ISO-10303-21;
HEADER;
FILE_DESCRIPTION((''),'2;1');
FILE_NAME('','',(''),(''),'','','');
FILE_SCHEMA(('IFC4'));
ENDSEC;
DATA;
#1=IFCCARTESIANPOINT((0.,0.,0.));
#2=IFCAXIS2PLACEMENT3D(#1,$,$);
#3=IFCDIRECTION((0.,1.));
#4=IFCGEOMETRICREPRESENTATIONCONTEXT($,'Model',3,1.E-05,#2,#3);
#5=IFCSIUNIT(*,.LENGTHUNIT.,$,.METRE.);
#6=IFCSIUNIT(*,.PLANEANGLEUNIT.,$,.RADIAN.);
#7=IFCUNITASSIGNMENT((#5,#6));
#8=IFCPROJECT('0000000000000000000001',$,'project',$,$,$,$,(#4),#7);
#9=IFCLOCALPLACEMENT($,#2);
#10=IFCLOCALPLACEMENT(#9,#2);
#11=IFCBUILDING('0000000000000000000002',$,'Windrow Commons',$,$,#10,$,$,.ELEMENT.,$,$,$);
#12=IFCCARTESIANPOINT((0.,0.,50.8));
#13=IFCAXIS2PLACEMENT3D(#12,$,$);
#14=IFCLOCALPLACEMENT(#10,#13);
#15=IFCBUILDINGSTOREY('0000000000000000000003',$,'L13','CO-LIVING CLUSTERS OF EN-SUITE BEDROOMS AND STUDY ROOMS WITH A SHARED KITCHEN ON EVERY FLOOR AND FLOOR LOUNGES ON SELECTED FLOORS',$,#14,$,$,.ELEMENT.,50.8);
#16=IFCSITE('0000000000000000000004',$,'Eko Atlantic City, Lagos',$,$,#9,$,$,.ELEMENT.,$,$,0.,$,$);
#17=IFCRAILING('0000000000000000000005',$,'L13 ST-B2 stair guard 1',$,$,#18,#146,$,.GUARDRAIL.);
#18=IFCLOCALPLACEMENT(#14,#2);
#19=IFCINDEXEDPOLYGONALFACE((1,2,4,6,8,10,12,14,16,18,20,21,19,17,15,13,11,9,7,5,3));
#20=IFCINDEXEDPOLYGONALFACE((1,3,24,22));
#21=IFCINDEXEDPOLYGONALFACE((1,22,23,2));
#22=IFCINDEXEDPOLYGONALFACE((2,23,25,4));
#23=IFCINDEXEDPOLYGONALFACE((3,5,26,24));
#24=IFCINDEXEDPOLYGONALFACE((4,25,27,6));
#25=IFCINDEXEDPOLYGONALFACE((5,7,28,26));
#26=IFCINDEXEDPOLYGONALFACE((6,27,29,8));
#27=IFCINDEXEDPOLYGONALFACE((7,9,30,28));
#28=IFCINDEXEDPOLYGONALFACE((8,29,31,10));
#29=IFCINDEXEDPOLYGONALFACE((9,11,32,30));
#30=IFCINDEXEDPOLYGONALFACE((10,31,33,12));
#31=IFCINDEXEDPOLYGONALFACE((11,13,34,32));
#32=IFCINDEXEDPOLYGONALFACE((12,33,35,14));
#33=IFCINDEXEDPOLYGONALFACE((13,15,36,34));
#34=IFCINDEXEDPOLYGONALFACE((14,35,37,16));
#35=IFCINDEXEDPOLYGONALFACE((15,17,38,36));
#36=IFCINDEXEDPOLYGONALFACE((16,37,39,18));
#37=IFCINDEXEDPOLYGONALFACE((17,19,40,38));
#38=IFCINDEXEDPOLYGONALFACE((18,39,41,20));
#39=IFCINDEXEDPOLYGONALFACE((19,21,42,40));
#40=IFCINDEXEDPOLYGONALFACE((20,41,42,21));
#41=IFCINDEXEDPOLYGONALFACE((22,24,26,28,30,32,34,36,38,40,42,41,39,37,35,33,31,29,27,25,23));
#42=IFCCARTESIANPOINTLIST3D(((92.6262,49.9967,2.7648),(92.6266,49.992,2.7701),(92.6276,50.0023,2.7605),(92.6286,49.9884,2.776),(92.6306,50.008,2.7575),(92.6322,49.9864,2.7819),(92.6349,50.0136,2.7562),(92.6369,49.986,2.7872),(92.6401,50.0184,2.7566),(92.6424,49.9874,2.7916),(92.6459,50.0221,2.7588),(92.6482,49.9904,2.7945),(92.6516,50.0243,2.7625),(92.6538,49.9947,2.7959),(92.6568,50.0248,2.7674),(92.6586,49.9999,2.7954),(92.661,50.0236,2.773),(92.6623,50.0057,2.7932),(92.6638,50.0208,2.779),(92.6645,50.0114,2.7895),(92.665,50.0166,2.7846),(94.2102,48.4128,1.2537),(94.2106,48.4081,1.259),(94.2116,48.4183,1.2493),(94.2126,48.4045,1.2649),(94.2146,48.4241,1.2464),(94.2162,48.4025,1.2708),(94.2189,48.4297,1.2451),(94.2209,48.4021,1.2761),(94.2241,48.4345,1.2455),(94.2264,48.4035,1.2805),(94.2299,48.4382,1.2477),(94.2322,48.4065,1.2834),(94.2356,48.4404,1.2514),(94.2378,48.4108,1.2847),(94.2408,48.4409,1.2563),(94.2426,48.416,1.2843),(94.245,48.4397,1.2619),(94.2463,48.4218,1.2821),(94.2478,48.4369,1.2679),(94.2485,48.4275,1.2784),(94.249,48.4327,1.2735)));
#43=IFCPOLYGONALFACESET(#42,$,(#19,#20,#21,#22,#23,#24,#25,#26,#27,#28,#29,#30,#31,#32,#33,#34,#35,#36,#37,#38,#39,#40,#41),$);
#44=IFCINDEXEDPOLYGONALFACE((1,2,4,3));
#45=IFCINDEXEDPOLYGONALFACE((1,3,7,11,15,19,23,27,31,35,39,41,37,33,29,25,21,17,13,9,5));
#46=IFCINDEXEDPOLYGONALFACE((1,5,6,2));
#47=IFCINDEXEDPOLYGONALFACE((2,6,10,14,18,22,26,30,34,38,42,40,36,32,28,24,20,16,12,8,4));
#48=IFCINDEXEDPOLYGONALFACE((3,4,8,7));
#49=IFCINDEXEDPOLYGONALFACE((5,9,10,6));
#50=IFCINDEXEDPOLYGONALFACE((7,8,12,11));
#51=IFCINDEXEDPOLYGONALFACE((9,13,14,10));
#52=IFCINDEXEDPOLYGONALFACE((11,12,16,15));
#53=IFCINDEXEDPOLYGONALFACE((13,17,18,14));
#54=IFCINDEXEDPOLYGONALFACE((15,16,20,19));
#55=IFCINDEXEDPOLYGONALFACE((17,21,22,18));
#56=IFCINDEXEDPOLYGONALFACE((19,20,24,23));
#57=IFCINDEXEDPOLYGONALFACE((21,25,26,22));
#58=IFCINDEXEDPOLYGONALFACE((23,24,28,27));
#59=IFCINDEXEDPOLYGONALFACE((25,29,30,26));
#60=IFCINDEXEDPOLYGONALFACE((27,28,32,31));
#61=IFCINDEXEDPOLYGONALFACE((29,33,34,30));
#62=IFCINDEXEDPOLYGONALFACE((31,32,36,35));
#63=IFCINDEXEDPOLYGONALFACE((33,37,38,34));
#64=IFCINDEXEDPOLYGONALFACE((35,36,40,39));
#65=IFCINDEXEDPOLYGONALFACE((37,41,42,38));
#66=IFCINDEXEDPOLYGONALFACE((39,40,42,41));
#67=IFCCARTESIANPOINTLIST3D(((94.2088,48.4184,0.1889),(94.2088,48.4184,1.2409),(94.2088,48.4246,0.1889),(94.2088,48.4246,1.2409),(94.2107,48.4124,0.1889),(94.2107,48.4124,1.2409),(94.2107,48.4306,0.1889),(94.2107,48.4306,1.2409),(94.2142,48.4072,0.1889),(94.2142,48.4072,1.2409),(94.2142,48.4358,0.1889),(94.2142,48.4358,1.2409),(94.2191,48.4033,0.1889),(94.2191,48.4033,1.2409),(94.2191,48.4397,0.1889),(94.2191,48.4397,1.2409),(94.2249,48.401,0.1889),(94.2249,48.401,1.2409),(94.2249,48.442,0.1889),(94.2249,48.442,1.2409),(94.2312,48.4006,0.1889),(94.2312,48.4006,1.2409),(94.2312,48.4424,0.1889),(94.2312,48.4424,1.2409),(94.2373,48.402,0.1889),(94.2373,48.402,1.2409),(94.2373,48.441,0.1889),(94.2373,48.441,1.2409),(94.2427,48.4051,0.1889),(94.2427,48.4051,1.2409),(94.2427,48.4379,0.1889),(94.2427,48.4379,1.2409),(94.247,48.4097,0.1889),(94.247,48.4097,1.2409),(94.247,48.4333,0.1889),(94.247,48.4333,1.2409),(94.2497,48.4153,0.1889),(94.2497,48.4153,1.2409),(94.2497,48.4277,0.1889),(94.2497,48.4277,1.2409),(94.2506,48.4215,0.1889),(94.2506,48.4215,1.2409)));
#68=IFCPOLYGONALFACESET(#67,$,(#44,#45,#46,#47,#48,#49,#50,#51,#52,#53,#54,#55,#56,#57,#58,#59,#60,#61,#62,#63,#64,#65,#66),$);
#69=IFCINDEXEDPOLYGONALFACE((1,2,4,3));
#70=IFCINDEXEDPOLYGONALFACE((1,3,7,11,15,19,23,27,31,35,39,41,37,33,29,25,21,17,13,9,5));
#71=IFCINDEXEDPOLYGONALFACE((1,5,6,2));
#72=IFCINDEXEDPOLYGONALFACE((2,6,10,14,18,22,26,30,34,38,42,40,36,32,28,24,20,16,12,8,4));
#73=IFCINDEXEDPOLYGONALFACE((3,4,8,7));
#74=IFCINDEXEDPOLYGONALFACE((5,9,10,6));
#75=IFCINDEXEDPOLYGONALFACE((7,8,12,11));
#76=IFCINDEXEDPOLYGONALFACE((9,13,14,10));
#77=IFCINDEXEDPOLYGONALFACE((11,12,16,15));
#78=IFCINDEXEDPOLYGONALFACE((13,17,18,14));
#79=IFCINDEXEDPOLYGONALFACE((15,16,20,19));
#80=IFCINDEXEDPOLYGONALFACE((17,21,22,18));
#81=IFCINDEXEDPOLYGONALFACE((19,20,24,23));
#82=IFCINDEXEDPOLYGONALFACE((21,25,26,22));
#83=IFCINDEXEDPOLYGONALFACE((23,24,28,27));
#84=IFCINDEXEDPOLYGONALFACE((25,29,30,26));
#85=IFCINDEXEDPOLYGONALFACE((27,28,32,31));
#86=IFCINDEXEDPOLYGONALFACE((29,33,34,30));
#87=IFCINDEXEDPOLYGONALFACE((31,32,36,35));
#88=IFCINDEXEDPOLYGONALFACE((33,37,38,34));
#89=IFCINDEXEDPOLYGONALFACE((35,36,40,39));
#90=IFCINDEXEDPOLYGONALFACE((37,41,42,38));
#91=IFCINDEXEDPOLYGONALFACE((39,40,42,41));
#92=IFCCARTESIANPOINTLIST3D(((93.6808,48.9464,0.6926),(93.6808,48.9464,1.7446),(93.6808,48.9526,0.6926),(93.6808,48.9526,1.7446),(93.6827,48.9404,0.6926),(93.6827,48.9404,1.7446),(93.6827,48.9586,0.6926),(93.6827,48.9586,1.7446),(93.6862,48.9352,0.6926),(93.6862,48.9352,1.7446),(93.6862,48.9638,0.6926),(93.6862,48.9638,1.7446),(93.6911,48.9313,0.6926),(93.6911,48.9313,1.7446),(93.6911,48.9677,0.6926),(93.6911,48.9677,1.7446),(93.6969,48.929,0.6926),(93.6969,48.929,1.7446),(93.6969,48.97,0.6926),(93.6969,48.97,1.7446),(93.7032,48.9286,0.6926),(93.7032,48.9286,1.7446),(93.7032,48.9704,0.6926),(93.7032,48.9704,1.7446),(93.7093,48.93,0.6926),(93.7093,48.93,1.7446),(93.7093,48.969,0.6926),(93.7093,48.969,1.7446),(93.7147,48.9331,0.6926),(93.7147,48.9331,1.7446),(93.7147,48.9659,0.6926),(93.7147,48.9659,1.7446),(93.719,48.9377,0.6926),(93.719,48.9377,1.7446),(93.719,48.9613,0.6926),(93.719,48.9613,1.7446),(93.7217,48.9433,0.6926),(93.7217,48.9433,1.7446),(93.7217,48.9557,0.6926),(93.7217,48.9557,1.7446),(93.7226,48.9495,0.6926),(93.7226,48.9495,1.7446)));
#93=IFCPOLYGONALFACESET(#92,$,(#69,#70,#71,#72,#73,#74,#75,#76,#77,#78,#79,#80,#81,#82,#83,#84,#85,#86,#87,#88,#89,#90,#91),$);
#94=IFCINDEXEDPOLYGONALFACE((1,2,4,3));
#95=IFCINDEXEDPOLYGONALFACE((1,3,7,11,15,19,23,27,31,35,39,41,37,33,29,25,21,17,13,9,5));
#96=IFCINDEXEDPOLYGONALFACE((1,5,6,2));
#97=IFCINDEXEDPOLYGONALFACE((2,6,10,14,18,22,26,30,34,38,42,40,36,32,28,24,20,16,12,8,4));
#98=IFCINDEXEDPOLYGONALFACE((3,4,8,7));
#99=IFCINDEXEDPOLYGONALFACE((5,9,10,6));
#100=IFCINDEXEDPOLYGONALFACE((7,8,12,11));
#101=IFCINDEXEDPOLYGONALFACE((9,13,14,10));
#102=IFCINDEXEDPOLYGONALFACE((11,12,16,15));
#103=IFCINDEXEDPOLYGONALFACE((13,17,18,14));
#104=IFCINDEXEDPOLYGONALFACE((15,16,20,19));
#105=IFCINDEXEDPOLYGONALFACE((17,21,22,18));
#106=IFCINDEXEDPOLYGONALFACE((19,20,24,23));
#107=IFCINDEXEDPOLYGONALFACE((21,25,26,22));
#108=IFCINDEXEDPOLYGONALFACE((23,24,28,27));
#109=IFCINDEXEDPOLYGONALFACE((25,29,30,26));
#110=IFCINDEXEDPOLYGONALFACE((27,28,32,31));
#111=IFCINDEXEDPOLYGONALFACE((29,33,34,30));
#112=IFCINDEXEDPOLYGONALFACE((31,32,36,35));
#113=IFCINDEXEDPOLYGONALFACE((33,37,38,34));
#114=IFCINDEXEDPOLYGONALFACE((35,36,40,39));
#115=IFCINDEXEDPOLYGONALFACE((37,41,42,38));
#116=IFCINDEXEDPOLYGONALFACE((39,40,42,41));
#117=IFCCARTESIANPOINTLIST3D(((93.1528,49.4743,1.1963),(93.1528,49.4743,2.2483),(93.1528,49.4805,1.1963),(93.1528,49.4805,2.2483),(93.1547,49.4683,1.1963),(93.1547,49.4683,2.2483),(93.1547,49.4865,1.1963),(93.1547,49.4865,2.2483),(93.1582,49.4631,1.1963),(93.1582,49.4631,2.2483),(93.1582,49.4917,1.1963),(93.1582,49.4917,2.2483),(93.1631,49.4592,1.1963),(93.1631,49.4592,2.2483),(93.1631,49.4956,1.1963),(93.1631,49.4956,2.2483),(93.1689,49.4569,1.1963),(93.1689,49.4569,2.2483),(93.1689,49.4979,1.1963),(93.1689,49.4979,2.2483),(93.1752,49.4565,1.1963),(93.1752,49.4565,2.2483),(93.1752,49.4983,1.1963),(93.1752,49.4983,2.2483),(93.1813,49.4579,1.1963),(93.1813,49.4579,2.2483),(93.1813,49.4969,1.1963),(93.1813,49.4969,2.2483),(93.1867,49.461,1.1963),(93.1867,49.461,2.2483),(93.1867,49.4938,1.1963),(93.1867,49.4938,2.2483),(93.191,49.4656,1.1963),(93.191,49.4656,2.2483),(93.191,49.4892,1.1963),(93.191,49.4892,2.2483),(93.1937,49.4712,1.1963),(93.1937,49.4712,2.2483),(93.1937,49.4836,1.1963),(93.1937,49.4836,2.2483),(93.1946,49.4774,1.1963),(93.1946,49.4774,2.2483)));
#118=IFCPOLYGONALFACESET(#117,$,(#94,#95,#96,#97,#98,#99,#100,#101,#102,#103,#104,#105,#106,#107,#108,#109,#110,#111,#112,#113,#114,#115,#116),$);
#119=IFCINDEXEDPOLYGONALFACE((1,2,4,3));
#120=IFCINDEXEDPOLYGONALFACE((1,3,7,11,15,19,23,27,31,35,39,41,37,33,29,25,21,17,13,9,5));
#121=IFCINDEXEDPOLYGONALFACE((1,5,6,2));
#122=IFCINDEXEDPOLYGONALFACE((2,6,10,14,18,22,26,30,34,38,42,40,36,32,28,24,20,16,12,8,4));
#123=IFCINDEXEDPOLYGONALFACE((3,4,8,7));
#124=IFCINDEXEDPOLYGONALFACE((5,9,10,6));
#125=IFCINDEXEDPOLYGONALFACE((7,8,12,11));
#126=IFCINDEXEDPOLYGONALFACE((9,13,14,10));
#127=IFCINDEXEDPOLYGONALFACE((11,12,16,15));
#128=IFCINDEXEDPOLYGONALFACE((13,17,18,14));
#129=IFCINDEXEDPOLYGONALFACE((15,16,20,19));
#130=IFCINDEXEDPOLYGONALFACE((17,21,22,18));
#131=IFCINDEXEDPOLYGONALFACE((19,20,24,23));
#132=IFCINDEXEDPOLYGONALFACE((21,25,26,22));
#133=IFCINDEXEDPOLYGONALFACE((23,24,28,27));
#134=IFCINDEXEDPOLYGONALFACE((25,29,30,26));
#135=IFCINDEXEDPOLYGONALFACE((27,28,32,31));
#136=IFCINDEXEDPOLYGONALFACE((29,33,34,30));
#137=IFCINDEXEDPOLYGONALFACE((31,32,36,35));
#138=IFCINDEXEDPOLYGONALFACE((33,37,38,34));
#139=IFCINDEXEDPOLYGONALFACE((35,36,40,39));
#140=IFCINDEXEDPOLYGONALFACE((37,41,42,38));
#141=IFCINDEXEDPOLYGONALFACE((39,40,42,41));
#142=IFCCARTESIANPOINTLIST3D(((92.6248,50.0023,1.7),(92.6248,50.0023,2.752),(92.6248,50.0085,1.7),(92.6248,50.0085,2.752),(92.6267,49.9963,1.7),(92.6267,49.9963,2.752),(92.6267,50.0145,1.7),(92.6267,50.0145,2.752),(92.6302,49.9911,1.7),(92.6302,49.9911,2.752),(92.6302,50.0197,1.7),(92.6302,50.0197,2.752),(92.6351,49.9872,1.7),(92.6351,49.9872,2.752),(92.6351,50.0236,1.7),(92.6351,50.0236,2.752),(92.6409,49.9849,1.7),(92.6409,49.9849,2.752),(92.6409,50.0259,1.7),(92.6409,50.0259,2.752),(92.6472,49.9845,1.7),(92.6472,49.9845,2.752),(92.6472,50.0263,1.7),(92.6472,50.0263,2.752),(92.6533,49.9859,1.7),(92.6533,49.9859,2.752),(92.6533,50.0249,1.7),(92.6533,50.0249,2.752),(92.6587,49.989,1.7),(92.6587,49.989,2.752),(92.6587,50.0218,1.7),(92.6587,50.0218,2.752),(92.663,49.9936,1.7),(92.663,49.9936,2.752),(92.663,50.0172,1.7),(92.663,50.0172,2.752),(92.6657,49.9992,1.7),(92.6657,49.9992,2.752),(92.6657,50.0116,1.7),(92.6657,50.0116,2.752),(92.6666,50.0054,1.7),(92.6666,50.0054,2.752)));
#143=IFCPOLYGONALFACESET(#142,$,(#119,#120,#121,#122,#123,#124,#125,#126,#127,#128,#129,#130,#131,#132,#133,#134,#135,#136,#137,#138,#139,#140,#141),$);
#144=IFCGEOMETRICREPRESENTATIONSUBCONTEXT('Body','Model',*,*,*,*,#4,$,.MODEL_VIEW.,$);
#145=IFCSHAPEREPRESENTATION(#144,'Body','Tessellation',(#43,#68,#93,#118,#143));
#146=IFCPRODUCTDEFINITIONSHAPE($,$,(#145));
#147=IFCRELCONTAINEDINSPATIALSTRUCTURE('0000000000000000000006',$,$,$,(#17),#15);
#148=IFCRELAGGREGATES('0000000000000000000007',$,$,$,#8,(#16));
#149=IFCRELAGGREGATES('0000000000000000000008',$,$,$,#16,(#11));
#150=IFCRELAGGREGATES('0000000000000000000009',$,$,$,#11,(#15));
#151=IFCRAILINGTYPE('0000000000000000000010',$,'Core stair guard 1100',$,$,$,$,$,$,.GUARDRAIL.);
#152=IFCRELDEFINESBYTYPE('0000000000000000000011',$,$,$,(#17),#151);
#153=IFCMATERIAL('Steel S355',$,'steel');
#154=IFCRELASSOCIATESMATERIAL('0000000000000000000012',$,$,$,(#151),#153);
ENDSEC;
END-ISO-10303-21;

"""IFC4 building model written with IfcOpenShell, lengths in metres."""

from ifc_helpers import new_model, si_unit, direction, frame, origin, origin_2d, place, context, subcontext, project, spatial, circle, extrude, material, type_object, element, save


model = new_model("IFC4")

# Units and contexts
model_context = context("Model", 3, precision=1e-05, world=origin(), true_north=direction((0.0, 1.0)))
body_context = subcontext(model_context, "Body", "Model", "MODEL_VIEW")
ifc_project = project(units=[si_unit("LENGTHUNIT", "METRE"), si_unit("PLANEANGLEUNIT", "RADIAN")], contexts=[model_context])

# Site, building, storey
site_placement = place(None, origin())
site = spatial("IfcSite", under=ifc_project, at=site_placement, Name="Eko Atlantic City, Lagos", CompositionType="ELEMENT", RefElevation=0.0)
building_placement = place(site_placement, origin())
building = spatial("IfcBuilding", under=site, at=building_placement, Name="Windrow Commons", CompositionType="ELEMENT")
storey_placement = place(building_placement, frame((0.0, 0.0, 50.8)))
storey = spatial("IfcBuildingStorey", under=building, at=storey_placement, Name="L13", Description="CO-LIVING CLUSTERS OF EN-SUITE BEDROOMS AND STUDY ROOMS WITH A SHARED KITCHEN ON EVERY FLOOR AND FLOOR LOUNGES ON SELECTED FLOORS", CompositionType="ELEMENT", Elevation=50.8)

# Railing
ifc_material_1 = material(Name="Steel S355", Category="steel")
railing_type_1 = type_object("IfcRailingType", Name="Core stair guard 1100", PredefinedType="GUARDRAIL", material=ifc_material_1)
railing_1_placement = place(storey_placement, frame((94.2296, 48.4215, 0.1889)))
element("IfcRailing", 1, at=railing_1_placement, inside=storey, type_object=railing_type_1, Name="L13 ST-B2 stair guard 1", PredefinedType="GUARDRAIL", context=body_context, shape_type="SweptSolid", body=[
    extrude(circle(Radius=0.024, at=origin_2d()), frame((0.0, 0.0, 1.076), z_axis=(-0.586216, 0.586179, 0.559237), x_axis=(-0.707084, -0.707129, 0.0)), (0.0, 0.0, 1.0), 2.7021),
    extrude(circle(Radius=0.021, at=origin_2d()), origin(), (0.0, 0.0, 1.0), 1.052),
    extrude(circle(Radius=0.021, at=origin_2d()), frame((-0.528, 0.528, 0.5037)), (0.0, 0.0, 1.0), 1.052),
    extrude(circle(Radius=0.021, at=origin_2d()), frame((-1.056, 1.0559, 1.0074)), (0.0, 0.0, 1.0), 1.052),
    extrude(circle(Radius=0.021, at=origin_2d()), frame((-1.584, 1.5839, 1.5111)), (0.0, 0.0, 1.0), 1.052),
])

save(model, "model.ifc")
